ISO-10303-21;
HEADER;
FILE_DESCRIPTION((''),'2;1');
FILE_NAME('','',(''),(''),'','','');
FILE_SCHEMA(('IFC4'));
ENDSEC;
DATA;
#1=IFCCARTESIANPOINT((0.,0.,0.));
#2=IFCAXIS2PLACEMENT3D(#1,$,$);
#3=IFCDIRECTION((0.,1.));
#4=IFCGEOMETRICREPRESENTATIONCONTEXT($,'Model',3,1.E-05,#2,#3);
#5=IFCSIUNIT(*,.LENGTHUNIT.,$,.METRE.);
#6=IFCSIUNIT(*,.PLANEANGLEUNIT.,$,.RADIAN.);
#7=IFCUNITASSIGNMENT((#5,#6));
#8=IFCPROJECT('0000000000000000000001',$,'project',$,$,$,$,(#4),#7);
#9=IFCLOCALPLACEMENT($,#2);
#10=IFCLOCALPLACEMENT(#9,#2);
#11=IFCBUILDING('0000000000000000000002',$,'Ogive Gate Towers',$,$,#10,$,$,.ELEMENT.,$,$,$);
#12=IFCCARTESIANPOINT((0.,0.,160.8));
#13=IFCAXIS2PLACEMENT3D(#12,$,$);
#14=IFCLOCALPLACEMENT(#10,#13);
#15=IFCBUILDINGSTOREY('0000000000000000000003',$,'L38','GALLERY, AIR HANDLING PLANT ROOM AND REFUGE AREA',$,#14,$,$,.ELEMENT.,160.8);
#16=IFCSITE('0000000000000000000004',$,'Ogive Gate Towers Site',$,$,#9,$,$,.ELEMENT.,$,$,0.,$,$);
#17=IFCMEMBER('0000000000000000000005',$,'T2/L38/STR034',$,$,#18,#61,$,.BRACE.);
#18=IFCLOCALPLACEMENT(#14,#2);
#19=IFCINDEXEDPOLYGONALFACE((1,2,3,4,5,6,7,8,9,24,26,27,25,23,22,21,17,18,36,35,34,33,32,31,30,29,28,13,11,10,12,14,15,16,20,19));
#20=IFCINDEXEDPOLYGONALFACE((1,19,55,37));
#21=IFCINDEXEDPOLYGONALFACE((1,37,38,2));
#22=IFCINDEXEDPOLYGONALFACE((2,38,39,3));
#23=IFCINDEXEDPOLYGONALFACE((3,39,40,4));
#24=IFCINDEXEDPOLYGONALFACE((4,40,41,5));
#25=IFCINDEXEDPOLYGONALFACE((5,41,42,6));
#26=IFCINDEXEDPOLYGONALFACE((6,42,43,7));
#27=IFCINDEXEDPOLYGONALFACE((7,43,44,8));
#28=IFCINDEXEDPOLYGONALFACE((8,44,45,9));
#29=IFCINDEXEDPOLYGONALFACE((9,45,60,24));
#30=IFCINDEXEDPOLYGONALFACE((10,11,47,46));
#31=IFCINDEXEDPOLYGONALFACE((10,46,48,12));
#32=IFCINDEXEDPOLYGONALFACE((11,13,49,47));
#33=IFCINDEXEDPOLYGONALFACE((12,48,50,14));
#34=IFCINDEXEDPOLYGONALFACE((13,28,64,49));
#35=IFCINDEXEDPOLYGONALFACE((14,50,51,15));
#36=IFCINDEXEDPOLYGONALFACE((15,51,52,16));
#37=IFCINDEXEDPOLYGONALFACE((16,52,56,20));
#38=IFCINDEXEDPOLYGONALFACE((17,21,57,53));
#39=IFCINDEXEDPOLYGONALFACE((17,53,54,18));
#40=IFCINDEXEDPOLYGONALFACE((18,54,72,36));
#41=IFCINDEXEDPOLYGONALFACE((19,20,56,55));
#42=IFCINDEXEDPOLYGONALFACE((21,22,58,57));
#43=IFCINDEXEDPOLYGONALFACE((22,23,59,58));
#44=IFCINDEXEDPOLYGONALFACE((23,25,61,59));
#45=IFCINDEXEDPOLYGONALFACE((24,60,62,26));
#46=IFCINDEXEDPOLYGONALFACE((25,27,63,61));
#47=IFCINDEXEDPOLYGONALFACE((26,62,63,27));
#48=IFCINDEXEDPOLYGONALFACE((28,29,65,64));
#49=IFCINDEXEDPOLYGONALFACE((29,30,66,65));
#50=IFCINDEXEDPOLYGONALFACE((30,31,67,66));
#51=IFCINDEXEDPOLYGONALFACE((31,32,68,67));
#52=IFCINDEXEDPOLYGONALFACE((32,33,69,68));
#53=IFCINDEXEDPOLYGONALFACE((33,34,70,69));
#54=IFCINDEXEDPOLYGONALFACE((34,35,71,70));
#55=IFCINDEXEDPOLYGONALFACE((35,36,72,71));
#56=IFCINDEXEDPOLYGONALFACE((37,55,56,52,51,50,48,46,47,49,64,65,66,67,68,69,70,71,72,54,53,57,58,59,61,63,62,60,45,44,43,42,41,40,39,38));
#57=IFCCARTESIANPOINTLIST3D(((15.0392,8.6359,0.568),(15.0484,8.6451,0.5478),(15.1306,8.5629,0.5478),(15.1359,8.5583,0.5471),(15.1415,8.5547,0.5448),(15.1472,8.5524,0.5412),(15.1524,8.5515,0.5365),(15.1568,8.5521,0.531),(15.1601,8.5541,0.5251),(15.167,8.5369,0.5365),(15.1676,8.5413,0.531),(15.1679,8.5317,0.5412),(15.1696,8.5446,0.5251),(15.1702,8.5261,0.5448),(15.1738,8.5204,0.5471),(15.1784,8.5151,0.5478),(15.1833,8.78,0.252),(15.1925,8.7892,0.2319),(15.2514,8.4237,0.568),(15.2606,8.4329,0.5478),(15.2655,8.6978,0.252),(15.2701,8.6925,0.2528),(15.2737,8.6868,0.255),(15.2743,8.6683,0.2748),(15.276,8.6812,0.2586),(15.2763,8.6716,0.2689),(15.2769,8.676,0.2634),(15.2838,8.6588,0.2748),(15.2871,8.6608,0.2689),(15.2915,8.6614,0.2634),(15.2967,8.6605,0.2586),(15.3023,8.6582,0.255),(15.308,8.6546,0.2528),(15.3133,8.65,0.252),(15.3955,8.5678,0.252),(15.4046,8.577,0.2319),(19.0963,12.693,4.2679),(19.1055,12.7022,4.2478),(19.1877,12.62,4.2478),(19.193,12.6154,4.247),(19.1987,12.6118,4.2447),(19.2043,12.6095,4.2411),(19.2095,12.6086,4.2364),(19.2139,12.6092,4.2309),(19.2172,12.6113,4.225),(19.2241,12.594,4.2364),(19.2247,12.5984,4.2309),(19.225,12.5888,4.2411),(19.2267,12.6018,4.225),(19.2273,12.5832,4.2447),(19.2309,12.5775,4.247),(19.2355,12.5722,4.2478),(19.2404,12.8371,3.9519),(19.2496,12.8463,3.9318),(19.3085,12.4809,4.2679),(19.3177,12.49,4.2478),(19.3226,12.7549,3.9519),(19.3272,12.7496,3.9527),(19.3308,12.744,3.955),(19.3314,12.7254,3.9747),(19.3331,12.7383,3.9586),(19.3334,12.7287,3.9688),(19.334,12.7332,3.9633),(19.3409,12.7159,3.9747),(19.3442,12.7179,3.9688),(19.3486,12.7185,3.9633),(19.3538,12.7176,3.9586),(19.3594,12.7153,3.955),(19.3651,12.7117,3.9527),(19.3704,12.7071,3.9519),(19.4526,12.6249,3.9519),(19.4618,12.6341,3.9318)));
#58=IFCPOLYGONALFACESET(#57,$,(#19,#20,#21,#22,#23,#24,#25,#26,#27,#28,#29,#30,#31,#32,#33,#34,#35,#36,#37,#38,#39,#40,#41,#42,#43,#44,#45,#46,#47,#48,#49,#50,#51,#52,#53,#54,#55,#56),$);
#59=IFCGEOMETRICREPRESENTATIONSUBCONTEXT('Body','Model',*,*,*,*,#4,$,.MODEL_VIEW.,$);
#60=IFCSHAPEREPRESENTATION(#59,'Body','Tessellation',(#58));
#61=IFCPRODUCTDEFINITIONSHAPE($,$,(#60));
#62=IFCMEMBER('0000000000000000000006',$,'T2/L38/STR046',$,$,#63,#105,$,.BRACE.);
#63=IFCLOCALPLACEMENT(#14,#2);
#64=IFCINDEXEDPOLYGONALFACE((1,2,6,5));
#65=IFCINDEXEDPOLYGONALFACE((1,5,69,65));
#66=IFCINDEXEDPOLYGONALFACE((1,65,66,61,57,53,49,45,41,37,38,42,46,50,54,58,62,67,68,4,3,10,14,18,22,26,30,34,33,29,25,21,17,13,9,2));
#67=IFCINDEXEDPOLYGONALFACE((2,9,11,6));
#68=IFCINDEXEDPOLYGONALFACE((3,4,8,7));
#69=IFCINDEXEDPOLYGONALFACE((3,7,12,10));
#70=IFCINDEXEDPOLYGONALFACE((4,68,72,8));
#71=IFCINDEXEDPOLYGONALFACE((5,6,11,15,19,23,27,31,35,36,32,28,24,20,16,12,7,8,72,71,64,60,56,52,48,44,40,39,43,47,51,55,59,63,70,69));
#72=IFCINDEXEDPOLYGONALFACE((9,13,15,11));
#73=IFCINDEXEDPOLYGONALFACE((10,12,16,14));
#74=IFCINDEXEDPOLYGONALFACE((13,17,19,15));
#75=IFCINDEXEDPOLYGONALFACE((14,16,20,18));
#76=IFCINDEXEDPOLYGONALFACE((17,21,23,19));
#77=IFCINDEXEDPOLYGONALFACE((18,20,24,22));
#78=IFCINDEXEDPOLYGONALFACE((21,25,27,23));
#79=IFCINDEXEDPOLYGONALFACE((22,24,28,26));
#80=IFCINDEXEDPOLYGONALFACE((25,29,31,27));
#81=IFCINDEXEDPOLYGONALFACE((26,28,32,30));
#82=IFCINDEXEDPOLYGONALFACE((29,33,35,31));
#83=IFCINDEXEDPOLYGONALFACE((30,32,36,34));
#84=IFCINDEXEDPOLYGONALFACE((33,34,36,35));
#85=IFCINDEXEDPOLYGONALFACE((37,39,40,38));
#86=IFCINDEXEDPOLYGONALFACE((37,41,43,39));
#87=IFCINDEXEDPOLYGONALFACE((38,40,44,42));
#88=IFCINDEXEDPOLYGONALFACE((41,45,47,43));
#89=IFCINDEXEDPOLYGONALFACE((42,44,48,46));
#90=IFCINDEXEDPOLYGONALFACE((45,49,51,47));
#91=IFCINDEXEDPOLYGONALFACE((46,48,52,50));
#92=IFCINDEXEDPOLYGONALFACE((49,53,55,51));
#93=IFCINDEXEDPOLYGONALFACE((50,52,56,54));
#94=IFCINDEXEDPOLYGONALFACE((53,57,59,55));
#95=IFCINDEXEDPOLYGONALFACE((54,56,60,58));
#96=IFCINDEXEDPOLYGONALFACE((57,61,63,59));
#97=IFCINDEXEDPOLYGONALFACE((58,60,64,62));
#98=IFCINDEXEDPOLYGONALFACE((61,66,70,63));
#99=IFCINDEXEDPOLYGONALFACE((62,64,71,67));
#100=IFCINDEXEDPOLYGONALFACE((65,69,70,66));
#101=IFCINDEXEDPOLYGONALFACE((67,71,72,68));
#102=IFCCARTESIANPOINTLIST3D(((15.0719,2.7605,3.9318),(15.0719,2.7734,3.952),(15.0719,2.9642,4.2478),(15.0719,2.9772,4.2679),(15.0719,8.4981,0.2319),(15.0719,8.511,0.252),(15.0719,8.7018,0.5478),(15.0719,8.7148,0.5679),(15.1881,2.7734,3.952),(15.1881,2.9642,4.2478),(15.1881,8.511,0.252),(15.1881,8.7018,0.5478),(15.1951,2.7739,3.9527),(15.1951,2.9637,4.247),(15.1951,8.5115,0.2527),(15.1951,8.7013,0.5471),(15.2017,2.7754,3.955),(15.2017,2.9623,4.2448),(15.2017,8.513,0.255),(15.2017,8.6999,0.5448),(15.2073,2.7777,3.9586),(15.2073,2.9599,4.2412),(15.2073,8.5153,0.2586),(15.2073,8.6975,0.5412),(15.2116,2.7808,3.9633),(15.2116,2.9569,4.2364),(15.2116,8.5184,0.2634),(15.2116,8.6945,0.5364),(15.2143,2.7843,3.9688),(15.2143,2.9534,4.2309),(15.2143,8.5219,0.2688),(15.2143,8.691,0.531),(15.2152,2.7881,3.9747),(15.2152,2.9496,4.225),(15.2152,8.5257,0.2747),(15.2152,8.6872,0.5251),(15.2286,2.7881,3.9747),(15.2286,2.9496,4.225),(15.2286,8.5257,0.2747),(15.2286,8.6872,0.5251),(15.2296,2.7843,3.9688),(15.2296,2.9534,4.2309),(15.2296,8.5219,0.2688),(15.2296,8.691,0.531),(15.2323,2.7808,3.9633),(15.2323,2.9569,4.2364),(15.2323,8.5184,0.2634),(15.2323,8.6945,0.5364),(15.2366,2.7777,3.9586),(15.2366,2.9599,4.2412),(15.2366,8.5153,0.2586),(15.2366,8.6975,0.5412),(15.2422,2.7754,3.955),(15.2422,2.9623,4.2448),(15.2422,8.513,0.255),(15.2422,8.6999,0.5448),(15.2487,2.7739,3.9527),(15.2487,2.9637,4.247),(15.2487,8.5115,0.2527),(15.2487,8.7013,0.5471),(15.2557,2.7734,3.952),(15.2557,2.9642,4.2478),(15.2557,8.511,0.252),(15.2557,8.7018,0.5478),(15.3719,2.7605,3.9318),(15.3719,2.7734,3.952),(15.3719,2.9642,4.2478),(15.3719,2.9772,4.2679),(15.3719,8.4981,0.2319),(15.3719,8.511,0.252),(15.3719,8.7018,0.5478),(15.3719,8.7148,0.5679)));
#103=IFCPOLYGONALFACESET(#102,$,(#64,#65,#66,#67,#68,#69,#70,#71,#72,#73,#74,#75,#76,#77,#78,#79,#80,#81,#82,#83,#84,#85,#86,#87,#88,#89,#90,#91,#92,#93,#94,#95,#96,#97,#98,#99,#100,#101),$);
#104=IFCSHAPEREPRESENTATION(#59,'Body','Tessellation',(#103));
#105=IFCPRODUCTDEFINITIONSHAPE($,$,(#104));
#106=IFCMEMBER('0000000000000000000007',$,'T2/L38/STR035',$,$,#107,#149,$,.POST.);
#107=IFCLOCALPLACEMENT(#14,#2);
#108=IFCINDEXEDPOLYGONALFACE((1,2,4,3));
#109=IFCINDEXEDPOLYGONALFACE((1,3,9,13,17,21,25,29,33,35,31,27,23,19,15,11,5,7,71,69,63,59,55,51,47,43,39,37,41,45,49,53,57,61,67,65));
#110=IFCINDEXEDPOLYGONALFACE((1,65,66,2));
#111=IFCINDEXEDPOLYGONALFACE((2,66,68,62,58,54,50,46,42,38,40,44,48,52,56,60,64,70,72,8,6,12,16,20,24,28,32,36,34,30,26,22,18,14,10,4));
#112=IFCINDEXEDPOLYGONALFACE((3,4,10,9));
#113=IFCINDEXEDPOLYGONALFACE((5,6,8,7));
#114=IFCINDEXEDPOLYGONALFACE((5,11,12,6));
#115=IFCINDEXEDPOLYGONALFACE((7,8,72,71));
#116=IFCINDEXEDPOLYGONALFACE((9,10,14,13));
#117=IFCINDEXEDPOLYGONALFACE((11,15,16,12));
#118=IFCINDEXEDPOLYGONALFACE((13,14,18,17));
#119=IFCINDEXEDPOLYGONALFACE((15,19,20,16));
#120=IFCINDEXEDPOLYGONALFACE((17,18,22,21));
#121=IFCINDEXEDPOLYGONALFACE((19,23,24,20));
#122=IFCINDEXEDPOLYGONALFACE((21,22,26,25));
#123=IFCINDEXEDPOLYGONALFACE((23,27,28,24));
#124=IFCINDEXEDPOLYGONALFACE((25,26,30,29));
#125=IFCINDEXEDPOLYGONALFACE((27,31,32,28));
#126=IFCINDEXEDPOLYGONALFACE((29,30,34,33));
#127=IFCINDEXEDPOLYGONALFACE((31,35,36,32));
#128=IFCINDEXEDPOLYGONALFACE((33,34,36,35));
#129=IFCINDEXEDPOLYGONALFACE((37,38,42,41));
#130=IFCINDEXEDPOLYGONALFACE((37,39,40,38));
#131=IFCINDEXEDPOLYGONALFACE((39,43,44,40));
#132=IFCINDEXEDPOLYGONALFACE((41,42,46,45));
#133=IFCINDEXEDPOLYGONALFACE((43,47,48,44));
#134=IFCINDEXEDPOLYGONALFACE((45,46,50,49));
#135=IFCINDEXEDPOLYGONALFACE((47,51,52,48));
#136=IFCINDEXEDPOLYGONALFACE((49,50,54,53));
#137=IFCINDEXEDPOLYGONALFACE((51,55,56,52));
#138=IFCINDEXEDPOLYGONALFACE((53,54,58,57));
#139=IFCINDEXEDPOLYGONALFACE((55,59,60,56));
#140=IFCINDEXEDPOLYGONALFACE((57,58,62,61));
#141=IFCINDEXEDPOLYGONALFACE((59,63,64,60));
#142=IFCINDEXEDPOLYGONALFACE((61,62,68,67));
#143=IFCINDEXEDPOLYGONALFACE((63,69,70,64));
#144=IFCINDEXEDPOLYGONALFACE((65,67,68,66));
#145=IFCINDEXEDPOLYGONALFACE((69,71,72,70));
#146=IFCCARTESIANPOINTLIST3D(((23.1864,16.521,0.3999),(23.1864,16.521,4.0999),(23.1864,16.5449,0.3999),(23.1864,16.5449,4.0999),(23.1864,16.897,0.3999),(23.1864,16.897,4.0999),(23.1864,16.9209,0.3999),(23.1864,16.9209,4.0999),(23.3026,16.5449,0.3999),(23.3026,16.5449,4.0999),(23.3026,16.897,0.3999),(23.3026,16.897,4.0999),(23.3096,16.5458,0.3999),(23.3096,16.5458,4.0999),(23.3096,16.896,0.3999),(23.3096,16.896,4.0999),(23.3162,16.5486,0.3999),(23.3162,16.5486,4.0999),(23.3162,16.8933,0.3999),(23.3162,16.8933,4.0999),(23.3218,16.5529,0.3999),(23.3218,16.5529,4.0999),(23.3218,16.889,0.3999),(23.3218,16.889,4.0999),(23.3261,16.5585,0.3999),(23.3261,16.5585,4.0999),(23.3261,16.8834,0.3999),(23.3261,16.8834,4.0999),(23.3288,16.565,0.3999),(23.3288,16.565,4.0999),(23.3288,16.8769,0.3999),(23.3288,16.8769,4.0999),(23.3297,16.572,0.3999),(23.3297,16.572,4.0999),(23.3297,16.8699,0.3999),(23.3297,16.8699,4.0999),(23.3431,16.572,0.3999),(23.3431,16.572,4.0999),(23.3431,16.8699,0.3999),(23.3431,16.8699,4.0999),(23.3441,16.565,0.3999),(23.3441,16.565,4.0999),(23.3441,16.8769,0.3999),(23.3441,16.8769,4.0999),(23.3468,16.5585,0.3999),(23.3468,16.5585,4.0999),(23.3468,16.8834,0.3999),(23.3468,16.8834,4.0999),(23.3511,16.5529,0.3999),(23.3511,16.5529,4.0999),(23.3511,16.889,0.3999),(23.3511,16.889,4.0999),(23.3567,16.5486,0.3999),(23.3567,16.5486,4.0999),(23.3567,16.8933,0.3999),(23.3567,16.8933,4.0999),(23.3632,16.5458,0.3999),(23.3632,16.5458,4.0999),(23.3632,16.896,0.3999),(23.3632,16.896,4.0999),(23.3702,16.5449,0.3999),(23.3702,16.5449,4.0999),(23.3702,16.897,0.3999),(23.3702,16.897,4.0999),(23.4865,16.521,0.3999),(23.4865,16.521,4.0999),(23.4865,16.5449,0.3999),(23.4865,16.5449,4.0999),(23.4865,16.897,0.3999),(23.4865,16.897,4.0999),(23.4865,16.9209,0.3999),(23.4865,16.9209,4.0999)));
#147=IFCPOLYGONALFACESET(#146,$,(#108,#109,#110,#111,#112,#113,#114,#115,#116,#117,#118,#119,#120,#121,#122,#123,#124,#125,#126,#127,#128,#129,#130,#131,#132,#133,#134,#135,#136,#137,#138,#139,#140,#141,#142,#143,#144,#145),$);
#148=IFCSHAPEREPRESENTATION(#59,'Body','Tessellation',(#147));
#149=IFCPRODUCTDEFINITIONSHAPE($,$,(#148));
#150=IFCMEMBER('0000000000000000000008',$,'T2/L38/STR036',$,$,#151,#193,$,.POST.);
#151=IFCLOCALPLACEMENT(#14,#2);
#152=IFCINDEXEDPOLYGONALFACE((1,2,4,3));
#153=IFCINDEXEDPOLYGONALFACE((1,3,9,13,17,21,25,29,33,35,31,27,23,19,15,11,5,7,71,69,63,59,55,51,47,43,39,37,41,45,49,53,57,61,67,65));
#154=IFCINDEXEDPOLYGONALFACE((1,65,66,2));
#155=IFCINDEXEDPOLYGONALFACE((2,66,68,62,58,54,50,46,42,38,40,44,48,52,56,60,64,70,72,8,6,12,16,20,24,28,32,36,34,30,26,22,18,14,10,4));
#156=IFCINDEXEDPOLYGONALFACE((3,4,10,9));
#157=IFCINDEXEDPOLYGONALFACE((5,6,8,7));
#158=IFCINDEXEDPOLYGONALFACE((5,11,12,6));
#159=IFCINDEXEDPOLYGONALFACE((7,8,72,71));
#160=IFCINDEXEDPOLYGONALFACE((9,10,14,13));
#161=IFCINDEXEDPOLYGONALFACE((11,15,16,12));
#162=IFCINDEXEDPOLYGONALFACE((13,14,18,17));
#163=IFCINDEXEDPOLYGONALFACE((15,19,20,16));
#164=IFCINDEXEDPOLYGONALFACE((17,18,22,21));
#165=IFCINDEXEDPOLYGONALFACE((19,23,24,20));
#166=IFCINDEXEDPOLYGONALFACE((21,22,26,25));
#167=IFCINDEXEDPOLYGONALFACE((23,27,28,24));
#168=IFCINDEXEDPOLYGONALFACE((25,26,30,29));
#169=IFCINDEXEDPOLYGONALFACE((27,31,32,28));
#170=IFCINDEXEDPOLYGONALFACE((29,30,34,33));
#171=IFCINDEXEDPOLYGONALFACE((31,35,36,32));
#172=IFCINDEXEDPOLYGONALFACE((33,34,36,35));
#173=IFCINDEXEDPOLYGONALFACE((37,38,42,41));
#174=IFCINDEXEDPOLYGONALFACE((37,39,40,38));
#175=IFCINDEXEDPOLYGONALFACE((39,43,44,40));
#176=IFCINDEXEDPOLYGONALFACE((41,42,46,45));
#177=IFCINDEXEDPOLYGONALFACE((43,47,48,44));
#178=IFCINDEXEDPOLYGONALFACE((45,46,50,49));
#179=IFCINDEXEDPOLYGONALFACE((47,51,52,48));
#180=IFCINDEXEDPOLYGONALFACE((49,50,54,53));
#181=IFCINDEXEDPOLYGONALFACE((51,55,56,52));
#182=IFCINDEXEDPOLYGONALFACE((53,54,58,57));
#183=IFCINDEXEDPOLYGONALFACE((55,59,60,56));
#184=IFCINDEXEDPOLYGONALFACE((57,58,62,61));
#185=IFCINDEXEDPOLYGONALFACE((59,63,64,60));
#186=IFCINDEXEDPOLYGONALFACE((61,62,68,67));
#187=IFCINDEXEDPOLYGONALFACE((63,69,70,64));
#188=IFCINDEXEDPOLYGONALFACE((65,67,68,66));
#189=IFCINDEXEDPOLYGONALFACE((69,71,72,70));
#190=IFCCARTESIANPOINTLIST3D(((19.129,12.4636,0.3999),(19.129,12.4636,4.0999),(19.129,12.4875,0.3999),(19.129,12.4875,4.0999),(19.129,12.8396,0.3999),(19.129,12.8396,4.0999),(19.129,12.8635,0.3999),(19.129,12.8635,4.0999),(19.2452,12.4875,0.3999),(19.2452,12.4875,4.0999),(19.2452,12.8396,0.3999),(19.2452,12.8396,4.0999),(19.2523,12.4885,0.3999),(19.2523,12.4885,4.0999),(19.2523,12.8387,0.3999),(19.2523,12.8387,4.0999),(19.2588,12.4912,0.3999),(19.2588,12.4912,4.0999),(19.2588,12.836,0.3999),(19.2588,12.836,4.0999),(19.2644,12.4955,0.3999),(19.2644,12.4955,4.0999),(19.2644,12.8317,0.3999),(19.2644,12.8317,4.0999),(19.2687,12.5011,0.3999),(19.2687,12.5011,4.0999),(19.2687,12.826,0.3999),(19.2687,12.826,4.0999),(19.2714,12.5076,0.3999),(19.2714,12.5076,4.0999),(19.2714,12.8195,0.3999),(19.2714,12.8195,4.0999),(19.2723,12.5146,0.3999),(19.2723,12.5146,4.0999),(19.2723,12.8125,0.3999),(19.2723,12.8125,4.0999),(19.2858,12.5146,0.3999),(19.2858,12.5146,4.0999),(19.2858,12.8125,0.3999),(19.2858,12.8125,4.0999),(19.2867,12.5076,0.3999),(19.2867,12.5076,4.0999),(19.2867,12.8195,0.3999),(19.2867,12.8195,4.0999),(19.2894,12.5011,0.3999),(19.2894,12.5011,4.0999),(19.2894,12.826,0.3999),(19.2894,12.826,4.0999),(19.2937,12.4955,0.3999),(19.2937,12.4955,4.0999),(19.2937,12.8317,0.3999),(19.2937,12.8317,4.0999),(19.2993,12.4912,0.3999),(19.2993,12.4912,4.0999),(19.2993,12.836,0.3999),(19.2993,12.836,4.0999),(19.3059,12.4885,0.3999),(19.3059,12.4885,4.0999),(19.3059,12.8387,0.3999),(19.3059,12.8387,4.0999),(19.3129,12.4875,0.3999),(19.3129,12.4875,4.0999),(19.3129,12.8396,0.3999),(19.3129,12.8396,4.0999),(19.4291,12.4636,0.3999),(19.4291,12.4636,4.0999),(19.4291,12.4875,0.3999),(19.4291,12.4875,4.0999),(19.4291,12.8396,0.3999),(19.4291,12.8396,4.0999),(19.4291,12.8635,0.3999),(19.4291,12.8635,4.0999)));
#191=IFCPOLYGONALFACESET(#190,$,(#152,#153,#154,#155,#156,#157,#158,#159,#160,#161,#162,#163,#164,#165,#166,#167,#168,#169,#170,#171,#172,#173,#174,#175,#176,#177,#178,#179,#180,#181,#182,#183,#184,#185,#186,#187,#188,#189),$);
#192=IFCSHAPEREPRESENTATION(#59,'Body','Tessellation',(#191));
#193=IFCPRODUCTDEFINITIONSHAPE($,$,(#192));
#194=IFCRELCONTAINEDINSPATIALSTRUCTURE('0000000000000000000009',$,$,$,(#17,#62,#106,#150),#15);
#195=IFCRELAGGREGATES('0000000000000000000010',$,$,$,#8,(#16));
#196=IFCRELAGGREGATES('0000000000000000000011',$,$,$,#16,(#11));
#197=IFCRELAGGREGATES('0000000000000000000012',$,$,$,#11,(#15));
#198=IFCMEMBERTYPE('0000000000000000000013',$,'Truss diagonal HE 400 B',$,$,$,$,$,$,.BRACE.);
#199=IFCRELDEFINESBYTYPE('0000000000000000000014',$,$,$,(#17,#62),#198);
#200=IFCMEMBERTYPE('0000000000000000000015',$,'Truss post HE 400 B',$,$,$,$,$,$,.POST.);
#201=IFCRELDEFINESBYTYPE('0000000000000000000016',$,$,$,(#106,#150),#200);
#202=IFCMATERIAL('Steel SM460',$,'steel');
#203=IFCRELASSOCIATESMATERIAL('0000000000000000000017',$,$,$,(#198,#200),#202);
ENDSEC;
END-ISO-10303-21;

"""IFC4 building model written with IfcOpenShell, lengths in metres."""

from ifc_helpers import new_model, si_unit, direction, frame, origin, origin_2d, place, context, subcontext, project, spatial, i_section, extrude, material, material_profile, profile_set, type_object, element, save


model = new_model("IFC4")

# Units and contexts
model_context = context("Model", 3, precision=1e-05, world=origin(), true_north=direction((0.0, 1.0)))
body_context = subcontext(model_context, "Body", "Model", "MODEL_VIEW")
ifc_project = project(units=[si_unit("LENGTHUNIT", "METRE"), si_unit("PLANEANGLEUNIT", "RADIAN")], contexts=[model_context])

# Site, building, storey
site_placement = place(None, origin())
site = spatial("IfcSite", under=ifc_project, at=site_placement, Name="Ogive Gate Towers Site", CompositionType="ELEMENT", RefElevation=0.0)
building_placement = place(site_placement, origin())
building = spatial("IfcBuilding", under=site, at=building_placement, Name="Ogive Gate Towers", CompositionType="ELEMENT")
storey_placement = place(building_placement, frame((0.0, 0.0, 160.8)))
storey = spatial("IfcBuildingStorey", under=building, at=storey_placement, Name="L38", Description="GALLERY, AIR HANDLING PLANT ROOM AND REFUGE AREA", CompositionType="ELEMENT", Elevation=160.8)

# Shared definitions
ifc_material_1 = material(Name="Steel SM460", Category="steel")

# Members
ifc_material_profile_1 = material_profile(ifc_material_1, i_section(OverallWidth=0.3, OverallDepth=0.3999, WebThickness=0.0134, FlangeThickness=0.0239, FilletRadius=0.0271, at=origin_2d()), Name="HE 400 B")
ifc_profile_set_1 = profile_set([ifc_material_profile_1], Name="Steel SM460")
member_type_1 = type_object("IfcMemberType", Name="Truss diagonal HE 400 B", PredefinedType="BRACE", material=ifc_profile_set_1)
for number, where, z_axis, x_axis, name in (
    (1, (19.2791, 12.6636, 4.0999), (-0.594262, -0.594262, -0.541945), (0.707107, -0.707107, 0.0), "T2/L38/STR034"),
    (2, (15.2219, 8.6064, 0.3999), (0.0, -0.84041, 0.541952), (1.0, 0.0, 0.0), "T2/L38/STR046"),
):
    element("IfcMember", number, at=place(storey_placement, frame(where, z_axis=z_axis, x_axis=x_axis)), inside=storey, type_object=member_type_1, Name=name, PredefinedType="BRACE", context=body_context, shape_type="SweptSolid", body=[
        extrude(i_section(OverallWidth=0.3, OverallDepth=0.3999, WebThickness=0.0134, FlangeThickness=0.0239, FilletRadius=0.0271, at=origin_2d()), origin(), (0.0, 0.0, 1.0), 6.8271),
    ])
ifc_material_profile_2 = material_profile(ifc_material_1, i_section(OverallWidth=0.3, OverallDepth=0.3999, WebThickness=0.0134, FlangeThickness=0.0239, FilletRadius=0.0271, at=origin_2d()), Name="HE 400 B")
ifc_profile_set_2 = profile_set([ifc_material_profile_2], Name="Steel SM460")
member_type_2 = type_object("IfcMemberType", Name="Truss post HE 400 B", PredefinedType="POST", material=ifc_profile_set_2)
for number, where, z_axis, x_axis, name in (
    (3, (23.3364, 16.7209, 0.3999), (0.0, 0.0, 1.0), (1.0, 0.0, 0.0), "T2/L38/STR035"),
    (4, (19.2791, 12.6636, 0.3999), (0.0, 0.0, 1.0), (1.0, 0.0, 0.0), "T2/L38/STR036"),
):
    element("IfcMember", number, at=place(storey_placement, frame(where, z_axis=z_axis, x_axis=x_axis)), inside=storey, type_object=member_type_2, Name=name, PredefinedType="POST", context=body_context, shape_type="SweptSolid", body=[
        extrude(i_section(OverallWidth=0.3, OverallDepth=0.3999, WebThickness=0.0134, FlangeThickness=0.0239, FilletRadius=0.0271, at=origin_2d()), origin(), (0.0, 0.0, 1.0), 3.7),
    ])

save(model, "model.ifc")
